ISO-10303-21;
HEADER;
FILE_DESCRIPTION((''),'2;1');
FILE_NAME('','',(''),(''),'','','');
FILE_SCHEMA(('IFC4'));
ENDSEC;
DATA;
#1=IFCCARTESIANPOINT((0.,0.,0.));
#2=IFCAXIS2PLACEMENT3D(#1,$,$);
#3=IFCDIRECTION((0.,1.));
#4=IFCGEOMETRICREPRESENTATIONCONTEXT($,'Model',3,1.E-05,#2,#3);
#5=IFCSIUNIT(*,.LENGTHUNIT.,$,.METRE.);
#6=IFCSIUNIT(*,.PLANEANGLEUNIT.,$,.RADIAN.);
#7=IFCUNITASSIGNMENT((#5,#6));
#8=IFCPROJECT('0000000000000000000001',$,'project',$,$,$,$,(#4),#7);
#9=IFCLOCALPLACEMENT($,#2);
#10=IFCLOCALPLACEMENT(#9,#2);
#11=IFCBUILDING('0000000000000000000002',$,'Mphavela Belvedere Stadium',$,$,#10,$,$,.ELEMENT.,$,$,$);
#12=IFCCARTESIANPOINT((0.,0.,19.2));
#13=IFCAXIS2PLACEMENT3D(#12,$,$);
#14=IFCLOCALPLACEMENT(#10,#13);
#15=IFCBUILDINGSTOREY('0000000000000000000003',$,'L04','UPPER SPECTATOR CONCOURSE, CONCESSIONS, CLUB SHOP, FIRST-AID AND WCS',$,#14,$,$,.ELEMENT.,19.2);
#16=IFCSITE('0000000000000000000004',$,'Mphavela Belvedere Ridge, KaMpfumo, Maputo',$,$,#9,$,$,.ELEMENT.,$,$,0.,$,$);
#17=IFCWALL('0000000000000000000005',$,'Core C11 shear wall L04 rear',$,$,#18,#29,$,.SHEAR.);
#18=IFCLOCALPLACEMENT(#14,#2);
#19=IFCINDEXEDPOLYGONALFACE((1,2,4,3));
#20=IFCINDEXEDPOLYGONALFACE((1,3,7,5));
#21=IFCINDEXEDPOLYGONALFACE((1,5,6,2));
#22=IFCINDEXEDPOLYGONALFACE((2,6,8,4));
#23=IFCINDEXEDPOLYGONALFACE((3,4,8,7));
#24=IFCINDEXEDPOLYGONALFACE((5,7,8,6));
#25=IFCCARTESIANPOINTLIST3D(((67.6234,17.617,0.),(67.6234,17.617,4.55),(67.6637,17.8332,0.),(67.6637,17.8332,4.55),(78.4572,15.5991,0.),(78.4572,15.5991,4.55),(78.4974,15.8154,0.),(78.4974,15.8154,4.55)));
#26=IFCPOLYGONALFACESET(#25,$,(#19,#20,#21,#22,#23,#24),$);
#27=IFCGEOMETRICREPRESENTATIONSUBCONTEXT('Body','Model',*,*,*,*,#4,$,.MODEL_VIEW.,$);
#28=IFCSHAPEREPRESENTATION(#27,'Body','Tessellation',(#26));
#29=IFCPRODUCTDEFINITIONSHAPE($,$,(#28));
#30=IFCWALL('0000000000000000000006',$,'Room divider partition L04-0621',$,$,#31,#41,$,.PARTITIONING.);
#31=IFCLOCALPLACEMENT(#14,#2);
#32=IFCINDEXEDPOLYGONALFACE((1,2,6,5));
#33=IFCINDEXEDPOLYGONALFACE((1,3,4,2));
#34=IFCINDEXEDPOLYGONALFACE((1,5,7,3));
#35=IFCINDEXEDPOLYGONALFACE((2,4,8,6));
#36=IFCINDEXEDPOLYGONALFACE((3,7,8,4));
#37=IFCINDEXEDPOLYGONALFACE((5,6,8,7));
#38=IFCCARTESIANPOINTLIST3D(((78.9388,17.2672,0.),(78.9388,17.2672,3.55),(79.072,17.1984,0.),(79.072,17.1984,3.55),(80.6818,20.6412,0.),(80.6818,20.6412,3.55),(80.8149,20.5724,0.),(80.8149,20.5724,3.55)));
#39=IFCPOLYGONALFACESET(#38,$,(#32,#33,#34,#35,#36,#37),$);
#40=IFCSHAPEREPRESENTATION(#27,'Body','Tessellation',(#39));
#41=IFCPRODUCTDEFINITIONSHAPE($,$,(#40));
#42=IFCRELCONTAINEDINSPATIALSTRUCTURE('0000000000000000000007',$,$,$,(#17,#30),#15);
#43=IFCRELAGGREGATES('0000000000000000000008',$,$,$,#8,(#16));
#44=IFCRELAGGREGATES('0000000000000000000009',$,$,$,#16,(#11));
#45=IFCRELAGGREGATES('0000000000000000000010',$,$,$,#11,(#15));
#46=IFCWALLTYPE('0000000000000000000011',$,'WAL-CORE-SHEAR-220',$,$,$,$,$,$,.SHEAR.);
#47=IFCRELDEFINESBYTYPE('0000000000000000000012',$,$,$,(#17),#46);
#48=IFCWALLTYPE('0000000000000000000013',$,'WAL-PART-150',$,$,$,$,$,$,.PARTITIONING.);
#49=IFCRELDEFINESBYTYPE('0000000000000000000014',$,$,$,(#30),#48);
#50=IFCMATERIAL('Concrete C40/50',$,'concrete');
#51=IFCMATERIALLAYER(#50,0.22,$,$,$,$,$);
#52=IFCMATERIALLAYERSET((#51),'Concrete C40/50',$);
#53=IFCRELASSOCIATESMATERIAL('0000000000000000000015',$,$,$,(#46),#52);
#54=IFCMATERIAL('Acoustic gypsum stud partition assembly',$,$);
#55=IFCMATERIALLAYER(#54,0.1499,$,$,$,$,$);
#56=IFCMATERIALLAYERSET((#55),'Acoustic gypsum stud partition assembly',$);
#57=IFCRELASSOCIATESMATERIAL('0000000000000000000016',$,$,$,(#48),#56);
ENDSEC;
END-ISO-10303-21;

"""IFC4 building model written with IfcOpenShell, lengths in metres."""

from ifc_helpers import new_model, si_unit, direction, frame, frame_2d, origin, place, context, subcontext, project, spatial, rectangle, extrude, material, layer, layer_set, type_object, element, save


model = new_model("IFC4")

# Units and contexts
model_context = context("Model", 3, precision=1e-05, world=origin(), true_north=direction((0.0, 1.0)))
body_context = subcontext(model_context, "Body", "Model", "MODEL_VIEW")
ifc_project = project(units=[si_unit("LENGTHUNIT", "METRE"), si_unit("PLANEANGLEUNIT", "RADIAN")], contexts=[model_context])

# Site, building, storey
site_placement = place(None, origin())
site = spatial("IfcSite", under=ifc_project, at=site_placement, Name="Mphavela Belvedere Ridge, KaMpfumo, Maputo", CompositionType="ELEMENT", RefElevation=0.0)
building_placement = place(site_placement, origin())
building = spatial("IfcBuilding", under=site, at=building_placement, Name="Mphavela Belvedere Stadium", CompositionType="ELEMENT")
storey_placement = place(building_placement, frame((0.0, 0.0, 19.2)))
storey = spatial("IfcBuildingStorey", under=building, at=storey_placement, Name="L04", Description="UPPER SPECTATOR CONCOURSE, CONCESSIONS, CLUB SHOP, FIRST-AID AND WCS", CompositionType="ELEMENT", Elevation=19.2)

# Walls
ifc_material_1 = material(Name="Concrete C40/50", Category="concrete")
ifc_layer_1 = layer(ifc_material_1, 0.22)
ifc_layer_set_1 = layer_set([ifc_layer_1], Name="Concrete C40/50")
wall_type_1 = type_object("IfcWallType", Name="WAL-CORE-SHEAR-220", PredefinedType="SHEAR", material=ifc_layer_set_1)
wall_1_placement = place(storey_placement, frame((78.4773, 15.7073, 0.0), z_axis=(0.0, 0.0, 1.0), x_axis=(-0.983093, 0.183105, 0.0)))
element("IfcWall", 1, at=wall_1_placement, inside=storey, type_object=wall_type_1, Name="Core C11 shear wall L04 rear", PredefinedType="SHEAR", context=body_context, shape_type="SweptSolid", body=[
    extrude(rectangle(XDim=11.02, YDim=0.22, at=frame_2d((5.51, 0.0))), origin(), (0.0, 0.0, 1.0), 4.55),
])
ifc_material_2 = material(Name="Acoustic gypsum stud partition assembly")
ifc_layer_2 = layer(ifc_material_2, 0.1499)
ifc_layer_set_2 = layer_set([ifc_layer_2], Name="Acoustic gypsum stud partition assembly")
wall_type_2 = type_object("IfcWallType", Name="WAL-PART-150", PredefinedType="PARTITIONING", material=ifc_layer_set_2)
wall_2_placement = place(storey_placement, frame((79.0054, 17.2327, 0.0), z_axis=(0.0, 0.0, 1.0), x_axis=(0.458952, 0.888461, 0.0)))
element("IfcWall", 2, at=wall_2_placement, inside=storey, type_object=wall_type_2, Name="Room divider partition L04-0621", PredefinedType="PARTITIONING", context=body_context, shape_type="SweptSolid", body=[
    extrude(rectangle(XDim=3.7976, YDim=0.1499, at=frame_2d((1.8989, 0.0))), origin(), (0.0, 0.0, 1.0), 3.55),
])

save(model, "model.ifc")
